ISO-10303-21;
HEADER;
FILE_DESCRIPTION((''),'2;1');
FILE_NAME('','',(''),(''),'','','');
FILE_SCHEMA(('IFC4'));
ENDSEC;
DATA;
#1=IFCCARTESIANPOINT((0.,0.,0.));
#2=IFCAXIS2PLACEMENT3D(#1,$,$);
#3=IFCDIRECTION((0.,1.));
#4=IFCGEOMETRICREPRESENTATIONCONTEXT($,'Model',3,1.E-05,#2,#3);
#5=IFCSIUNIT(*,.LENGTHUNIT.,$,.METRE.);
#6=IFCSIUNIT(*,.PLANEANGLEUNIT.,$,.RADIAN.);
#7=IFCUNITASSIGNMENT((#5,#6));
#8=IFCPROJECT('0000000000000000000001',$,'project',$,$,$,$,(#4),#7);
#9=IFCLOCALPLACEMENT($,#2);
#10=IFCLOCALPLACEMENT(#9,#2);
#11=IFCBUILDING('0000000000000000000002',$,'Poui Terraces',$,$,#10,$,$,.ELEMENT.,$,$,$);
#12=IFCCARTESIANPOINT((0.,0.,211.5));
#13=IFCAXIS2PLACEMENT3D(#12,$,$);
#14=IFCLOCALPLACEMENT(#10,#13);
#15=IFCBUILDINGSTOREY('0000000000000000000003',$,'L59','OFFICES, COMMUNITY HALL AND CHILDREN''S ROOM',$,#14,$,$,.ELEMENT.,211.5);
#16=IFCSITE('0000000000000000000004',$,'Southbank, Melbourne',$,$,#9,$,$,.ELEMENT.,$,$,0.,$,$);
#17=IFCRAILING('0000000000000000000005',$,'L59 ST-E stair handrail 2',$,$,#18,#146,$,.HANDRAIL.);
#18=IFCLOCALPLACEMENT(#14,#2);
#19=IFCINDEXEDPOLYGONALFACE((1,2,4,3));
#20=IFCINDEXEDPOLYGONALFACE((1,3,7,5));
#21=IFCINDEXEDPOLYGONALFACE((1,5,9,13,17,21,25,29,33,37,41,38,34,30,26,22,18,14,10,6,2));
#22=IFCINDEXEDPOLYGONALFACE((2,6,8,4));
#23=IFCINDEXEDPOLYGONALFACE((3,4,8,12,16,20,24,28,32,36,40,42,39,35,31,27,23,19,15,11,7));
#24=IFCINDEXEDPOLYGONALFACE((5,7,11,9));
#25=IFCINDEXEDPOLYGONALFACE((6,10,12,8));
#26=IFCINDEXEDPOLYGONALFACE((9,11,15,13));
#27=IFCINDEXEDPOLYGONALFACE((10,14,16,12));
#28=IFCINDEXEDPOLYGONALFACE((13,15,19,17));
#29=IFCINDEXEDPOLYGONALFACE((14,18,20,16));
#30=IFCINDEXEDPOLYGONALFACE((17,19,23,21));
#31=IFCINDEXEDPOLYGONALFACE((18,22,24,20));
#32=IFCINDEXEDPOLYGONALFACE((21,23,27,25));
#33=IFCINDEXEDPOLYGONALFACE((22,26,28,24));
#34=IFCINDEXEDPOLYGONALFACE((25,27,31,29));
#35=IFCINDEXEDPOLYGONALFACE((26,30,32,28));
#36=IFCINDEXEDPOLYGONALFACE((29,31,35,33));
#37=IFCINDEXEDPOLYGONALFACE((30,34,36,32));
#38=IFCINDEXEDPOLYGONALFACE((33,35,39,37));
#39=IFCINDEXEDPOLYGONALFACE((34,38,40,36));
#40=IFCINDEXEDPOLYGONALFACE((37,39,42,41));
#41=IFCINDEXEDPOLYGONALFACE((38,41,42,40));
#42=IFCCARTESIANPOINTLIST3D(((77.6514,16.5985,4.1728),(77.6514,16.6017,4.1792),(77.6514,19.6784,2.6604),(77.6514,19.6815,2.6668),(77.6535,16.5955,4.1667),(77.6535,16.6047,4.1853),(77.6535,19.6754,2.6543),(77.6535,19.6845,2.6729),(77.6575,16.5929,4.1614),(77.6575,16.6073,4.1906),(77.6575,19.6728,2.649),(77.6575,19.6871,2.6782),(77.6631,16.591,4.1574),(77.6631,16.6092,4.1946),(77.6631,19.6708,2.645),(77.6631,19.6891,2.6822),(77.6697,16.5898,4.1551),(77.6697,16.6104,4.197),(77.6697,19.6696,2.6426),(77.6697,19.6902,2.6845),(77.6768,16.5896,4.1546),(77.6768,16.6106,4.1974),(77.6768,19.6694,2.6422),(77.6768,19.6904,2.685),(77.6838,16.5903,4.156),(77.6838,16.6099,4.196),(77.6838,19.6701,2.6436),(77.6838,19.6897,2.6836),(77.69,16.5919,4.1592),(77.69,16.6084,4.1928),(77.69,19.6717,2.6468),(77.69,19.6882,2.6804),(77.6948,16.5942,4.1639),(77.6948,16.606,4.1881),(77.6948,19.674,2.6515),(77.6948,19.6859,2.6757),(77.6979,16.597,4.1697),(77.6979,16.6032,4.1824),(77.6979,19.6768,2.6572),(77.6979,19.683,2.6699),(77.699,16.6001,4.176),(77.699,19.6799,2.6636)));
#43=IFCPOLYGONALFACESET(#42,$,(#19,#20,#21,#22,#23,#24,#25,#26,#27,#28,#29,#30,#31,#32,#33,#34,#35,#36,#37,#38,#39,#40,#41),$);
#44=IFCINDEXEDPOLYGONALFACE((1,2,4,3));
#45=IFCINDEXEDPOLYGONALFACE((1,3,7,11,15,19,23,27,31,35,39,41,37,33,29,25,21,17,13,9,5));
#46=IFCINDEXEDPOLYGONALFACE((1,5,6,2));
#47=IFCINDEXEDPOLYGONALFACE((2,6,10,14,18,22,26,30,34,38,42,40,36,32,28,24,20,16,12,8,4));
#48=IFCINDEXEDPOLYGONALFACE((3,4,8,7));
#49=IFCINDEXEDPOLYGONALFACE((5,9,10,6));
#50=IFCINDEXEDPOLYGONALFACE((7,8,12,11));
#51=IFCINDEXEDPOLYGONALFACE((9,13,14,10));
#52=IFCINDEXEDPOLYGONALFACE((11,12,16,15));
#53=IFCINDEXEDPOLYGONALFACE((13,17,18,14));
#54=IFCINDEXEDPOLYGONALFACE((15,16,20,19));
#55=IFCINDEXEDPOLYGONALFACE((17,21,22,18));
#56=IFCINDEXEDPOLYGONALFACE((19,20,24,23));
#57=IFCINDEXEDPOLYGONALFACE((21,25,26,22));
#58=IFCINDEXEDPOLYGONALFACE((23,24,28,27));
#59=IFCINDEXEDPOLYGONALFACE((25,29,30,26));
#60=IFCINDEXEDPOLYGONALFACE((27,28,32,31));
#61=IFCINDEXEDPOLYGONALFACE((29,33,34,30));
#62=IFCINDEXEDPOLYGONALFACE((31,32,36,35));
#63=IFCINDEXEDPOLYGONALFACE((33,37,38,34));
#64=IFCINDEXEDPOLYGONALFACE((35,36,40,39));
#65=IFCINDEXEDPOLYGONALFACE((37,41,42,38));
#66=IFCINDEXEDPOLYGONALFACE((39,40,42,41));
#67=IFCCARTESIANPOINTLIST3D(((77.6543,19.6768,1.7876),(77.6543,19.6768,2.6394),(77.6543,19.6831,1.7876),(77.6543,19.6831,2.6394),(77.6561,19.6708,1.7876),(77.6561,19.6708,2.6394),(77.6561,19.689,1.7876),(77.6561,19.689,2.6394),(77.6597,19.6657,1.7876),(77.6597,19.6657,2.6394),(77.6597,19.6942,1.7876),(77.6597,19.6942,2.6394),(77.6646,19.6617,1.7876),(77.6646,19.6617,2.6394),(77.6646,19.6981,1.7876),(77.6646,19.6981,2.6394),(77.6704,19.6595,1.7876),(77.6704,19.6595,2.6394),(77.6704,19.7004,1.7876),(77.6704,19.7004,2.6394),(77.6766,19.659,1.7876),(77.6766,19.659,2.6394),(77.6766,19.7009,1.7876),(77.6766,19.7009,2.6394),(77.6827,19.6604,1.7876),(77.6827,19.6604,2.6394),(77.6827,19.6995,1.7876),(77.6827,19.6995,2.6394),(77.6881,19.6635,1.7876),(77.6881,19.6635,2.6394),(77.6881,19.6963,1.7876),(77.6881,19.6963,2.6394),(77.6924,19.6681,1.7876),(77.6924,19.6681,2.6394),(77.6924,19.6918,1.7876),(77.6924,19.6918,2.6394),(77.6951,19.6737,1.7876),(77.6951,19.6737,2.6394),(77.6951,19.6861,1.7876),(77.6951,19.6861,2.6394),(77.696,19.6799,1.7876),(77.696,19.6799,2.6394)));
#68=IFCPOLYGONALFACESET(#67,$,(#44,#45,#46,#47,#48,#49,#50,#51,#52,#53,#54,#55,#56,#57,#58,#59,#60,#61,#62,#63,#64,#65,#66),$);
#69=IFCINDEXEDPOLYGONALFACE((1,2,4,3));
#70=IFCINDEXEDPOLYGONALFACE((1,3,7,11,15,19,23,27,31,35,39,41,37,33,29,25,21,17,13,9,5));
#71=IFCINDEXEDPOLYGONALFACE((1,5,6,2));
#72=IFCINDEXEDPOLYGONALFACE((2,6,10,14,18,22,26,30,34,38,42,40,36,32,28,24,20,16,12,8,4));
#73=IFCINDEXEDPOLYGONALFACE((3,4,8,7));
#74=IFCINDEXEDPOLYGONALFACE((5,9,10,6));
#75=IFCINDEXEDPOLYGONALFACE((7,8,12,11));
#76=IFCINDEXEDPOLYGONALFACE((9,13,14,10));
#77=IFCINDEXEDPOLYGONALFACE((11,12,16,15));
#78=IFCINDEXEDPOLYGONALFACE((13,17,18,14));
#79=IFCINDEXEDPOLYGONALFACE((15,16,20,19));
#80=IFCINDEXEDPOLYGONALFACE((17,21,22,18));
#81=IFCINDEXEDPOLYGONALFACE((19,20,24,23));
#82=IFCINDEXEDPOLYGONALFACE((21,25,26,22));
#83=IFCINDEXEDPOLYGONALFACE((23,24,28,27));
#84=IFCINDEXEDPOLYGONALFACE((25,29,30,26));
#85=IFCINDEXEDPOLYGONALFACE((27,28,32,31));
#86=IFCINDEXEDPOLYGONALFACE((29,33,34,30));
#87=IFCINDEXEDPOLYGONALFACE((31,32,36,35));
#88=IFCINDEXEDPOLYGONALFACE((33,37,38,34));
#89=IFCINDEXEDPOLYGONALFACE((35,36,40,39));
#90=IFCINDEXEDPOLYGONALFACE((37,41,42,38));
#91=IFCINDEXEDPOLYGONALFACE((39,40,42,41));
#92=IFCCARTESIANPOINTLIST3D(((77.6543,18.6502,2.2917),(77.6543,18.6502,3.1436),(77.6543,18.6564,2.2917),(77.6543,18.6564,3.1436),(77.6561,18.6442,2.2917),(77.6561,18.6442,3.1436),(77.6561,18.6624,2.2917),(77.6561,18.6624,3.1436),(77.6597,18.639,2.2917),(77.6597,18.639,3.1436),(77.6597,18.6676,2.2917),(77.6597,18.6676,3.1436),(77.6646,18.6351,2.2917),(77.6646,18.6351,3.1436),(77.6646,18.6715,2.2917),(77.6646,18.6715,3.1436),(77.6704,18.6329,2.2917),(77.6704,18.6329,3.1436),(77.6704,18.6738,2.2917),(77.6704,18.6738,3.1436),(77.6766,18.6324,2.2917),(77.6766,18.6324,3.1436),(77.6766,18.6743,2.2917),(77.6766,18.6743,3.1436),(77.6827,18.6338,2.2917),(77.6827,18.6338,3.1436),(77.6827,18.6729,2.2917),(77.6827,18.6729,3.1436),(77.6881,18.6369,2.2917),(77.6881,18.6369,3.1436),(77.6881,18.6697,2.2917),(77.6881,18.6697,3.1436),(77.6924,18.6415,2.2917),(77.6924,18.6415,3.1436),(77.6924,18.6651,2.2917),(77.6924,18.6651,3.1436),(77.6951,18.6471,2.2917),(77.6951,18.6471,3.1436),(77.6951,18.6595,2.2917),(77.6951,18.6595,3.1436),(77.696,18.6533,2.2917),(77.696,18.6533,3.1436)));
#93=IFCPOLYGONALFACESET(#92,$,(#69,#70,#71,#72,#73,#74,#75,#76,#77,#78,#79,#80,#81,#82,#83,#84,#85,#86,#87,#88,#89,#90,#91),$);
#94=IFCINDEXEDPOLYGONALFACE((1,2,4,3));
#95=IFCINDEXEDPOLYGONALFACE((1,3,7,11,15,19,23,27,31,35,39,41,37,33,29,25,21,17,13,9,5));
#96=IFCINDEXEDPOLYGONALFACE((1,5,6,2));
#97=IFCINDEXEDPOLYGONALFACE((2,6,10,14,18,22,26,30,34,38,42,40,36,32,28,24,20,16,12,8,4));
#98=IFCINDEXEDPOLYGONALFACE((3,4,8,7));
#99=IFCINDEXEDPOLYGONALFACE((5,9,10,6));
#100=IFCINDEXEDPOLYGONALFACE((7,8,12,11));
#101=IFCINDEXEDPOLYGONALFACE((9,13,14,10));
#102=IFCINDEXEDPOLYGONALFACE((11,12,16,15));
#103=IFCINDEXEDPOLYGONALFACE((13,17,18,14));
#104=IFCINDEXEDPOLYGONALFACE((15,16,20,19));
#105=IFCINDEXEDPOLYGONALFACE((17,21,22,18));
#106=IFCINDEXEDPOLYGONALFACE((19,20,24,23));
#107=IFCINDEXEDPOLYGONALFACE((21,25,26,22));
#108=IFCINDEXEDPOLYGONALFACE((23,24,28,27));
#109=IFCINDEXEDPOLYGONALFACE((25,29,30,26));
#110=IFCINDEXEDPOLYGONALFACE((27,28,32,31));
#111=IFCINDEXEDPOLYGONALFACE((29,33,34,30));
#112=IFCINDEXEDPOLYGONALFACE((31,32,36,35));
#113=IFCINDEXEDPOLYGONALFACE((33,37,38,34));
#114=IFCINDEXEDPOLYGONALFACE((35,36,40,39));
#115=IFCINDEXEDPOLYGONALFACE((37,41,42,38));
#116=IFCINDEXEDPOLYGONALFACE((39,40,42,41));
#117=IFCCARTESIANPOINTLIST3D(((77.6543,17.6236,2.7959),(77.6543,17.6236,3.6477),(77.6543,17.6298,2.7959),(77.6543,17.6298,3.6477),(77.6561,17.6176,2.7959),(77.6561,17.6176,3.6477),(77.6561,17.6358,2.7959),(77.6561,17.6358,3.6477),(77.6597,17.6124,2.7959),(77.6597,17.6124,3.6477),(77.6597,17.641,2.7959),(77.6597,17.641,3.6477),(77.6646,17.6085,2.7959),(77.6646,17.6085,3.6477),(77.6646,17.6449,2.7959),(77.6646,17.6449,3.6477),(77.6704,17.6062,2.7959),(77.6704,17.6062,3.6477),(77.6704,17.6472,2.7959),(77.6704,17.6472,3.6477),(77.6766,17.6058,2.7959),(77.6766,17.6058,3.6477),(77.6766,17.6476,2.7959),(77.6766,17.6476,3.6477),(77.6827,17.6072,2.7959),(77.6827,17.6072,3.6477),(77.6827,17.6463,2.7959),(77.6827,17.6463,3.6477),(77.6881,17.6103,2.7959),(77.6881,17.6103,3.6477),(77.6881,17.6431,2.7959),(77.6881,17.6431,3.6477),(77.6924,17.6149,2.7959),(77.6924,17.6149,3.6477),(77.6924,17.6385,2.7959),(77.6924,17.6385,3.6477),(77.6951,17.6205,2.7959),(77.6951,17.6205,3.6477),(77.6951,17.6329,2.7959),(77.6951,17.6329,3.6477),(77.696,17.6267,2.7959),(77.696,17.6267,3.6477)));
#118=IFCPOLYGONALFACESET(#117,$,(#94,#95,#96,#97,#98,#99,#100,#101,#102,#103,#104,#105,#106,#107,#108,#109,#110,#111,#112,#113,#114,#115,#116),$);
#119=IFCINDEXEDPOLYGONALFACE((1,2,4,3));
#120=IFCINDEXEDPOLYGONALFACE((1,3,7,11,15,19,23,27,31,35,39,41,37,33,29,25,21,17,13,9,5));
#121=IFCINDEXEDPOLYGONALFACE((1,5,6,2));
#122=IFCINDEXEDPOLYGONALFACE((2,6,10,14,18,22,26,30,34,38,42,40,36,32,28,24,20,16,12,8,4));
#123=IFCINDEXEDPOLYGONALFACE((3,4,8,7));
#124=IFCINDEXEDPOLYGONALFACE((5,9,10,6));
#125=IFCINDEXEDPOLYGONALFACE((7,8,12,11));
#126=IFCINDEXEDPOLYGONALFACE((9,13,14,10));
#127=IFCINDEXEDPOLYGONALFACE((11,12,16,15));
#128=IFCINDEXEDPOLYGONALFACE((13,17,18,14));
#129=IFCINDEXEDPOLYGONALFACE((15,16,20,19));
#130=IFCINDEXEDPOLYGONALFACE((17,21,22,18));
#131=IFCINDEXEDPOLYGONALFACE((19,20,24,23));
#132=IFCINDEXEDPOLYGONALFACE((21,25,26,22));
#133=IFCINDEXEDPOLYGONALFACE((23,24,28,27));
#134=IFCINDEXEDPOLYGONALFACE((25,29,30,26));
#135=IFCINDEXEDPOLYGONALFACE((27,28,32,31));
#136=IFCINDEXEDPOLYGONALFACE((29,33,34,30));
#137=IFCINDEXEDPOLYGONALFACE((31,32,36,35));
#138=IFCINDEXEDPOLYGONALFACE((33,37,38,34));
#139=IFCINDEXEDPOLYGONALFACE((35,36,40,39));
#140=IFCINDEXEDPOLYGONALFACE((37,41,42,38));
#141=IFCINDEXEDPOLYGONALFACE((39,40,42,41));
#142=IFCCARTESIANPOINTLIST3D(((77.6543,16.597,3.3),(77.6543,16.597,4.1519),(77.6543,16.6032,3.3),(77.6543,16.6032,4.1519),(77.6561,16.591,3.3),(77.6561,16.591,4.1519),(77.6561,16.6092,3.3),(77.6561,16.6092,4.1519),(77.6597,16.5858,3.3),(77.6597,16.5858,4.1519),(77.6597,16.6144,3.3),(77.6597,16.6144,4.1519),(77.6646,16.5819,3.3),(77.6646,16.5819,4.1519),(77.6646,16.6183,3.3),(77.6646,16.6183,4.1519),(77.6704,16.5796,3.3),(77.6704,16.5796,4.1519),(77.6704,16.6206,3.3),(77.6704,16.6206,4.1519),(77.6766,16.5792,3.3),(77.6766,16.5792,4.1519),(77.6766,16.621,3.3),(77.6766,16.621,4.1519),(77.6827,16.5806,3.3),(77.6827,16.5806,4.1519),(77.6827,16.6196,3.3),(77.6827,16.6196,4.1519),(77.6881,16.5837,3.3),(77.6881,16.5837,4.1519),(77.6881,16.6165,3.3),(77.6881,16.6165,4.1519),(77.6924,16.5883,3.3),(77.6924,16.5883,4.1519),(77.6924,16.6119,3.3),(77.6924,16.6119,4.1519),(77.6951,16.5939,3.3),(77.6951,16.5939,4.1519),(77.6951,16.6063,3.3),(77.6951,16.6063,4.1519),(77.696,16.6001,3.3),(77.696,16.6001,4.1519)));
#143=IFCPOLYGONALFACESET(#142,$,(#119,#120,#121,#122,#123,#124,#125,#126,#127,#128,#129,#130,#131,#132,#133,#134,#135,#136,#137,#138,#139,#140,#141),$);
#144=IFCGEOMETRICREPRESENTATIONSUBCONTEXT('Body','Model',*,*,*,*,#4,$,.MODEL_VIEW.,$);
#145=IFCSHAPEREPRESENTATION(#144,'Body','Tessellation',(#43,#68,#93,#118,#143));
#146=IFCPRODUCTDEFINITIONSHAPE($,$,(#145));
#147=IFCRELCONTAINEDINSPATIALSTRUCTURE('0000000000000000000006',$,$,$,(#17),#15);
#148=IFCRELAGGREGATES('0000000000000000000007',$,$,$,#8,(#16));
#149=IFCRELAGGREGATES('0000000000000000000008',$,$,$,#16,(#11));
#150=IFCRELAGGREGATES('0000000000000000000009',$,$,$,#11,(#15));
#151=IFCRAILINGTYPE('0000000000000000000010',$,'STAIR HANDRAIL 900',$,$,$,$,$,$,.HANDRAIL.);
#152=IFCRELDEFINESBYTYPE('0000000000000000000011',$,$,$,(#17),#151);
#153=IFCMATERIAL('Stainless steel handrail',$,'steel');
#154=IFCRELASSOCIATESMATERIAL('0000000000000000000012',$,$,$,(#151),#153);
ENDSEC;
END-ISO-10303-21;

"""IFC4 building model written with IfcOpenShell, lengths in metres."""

from ifc_helpers import new_model, si_unit, direction, frame, origin, origin_2d, place, context, subcontext, project, spatial, circle, extrude, material, type_object, element, save


model = new_model("IFC4")

# Units and contexts
model_context = context("Model", 3, precision=1e-05, world=origin(), true_north=direction((0.0, 1.0)))
body_context = subcontext(model_context, "Body", "Model", "MODEL_VIEW")
ifc_project = project(units=[si_unit("LENGTHUNIT", "METRE"), si_unit("PLANEANGLEUNIT", "RADIAN")], contexts=[model_context])

# Site, building, storey
site_placement = place(None, origin())
site = spatial("IfcSite", under=ifc_project, at=site_placement, Name="Southbank, Melbourne", CompositionType="ELEMENT", RefElevation=0.0)
building_placement = place(site_placement, origin())
building = spatial("IfcBuilding", under=site, at=building_placement, Name="Poui Terraces", CompositionType="ELEMENT")
storey_placement = place(building_placement, frame((0.0, 0.0, 211.5)))
storey = spatial("IfcBuildingStorey", under=building, at=storey_placement, Name="L59", Description="OFFICES, COMMUNITY HALL AND CHILDREN'S ROOM", CompositionType="ELEMENT", Elevation=211.5)

# Railing
ifc_material_1 = material(Name="Stainless steel handrail", Category="steel")
railing_type_1 = type_object("IfcRailingType", Name="STAIR HANDRAIL 900", PredefinedType="HANDRAIL", material=ifc_material_1)
railing_1_placement = place(storey_placement, frame((77.675, 19.6799, 1.7876)))
element("IfcRailing", 1, at=railing_1_placement, inside=storey, type_object=railing_type_1, Name="L59 ST-E stair handrail 2", PredefinedType="HANDRAIL", context=body_context, shape_type="SweptSolid", body=[
    extrude(circle(Radius=0.0239, at=origin_2d()), frame((0.0, 0.0, 0.876), z_axis=(0.0, -0.897606, 0.440798), x_axis=(1.0, 0.0, 0.0)), (0.0, 0.0, 1.0), 3.4312),
    extrude(circle(Radius=0.021, at=origin_2d()), origin(), (0.0, 0.0, 1.0), 0.8518),
    extrude(circle(Radius=0.021, at=origin_2d()), frame((0.0, -1.0266, 0.5042)), (0.0, 0.0, 1.0), 0.8518),
    extrude(circle(Radius=0.021, at=origin_2d()), frame((0.0, -2.0532, 1.0083)), (0.0, 0.0, 1.0), 0.8518),
    extrude(circle(Radius=0.021, at=origin_2d()), frame((0.0, -3.0798, 1.5125)), (0.0, 0.0, 1.0), 0.8518),
])

save(model, "model.ifc")
